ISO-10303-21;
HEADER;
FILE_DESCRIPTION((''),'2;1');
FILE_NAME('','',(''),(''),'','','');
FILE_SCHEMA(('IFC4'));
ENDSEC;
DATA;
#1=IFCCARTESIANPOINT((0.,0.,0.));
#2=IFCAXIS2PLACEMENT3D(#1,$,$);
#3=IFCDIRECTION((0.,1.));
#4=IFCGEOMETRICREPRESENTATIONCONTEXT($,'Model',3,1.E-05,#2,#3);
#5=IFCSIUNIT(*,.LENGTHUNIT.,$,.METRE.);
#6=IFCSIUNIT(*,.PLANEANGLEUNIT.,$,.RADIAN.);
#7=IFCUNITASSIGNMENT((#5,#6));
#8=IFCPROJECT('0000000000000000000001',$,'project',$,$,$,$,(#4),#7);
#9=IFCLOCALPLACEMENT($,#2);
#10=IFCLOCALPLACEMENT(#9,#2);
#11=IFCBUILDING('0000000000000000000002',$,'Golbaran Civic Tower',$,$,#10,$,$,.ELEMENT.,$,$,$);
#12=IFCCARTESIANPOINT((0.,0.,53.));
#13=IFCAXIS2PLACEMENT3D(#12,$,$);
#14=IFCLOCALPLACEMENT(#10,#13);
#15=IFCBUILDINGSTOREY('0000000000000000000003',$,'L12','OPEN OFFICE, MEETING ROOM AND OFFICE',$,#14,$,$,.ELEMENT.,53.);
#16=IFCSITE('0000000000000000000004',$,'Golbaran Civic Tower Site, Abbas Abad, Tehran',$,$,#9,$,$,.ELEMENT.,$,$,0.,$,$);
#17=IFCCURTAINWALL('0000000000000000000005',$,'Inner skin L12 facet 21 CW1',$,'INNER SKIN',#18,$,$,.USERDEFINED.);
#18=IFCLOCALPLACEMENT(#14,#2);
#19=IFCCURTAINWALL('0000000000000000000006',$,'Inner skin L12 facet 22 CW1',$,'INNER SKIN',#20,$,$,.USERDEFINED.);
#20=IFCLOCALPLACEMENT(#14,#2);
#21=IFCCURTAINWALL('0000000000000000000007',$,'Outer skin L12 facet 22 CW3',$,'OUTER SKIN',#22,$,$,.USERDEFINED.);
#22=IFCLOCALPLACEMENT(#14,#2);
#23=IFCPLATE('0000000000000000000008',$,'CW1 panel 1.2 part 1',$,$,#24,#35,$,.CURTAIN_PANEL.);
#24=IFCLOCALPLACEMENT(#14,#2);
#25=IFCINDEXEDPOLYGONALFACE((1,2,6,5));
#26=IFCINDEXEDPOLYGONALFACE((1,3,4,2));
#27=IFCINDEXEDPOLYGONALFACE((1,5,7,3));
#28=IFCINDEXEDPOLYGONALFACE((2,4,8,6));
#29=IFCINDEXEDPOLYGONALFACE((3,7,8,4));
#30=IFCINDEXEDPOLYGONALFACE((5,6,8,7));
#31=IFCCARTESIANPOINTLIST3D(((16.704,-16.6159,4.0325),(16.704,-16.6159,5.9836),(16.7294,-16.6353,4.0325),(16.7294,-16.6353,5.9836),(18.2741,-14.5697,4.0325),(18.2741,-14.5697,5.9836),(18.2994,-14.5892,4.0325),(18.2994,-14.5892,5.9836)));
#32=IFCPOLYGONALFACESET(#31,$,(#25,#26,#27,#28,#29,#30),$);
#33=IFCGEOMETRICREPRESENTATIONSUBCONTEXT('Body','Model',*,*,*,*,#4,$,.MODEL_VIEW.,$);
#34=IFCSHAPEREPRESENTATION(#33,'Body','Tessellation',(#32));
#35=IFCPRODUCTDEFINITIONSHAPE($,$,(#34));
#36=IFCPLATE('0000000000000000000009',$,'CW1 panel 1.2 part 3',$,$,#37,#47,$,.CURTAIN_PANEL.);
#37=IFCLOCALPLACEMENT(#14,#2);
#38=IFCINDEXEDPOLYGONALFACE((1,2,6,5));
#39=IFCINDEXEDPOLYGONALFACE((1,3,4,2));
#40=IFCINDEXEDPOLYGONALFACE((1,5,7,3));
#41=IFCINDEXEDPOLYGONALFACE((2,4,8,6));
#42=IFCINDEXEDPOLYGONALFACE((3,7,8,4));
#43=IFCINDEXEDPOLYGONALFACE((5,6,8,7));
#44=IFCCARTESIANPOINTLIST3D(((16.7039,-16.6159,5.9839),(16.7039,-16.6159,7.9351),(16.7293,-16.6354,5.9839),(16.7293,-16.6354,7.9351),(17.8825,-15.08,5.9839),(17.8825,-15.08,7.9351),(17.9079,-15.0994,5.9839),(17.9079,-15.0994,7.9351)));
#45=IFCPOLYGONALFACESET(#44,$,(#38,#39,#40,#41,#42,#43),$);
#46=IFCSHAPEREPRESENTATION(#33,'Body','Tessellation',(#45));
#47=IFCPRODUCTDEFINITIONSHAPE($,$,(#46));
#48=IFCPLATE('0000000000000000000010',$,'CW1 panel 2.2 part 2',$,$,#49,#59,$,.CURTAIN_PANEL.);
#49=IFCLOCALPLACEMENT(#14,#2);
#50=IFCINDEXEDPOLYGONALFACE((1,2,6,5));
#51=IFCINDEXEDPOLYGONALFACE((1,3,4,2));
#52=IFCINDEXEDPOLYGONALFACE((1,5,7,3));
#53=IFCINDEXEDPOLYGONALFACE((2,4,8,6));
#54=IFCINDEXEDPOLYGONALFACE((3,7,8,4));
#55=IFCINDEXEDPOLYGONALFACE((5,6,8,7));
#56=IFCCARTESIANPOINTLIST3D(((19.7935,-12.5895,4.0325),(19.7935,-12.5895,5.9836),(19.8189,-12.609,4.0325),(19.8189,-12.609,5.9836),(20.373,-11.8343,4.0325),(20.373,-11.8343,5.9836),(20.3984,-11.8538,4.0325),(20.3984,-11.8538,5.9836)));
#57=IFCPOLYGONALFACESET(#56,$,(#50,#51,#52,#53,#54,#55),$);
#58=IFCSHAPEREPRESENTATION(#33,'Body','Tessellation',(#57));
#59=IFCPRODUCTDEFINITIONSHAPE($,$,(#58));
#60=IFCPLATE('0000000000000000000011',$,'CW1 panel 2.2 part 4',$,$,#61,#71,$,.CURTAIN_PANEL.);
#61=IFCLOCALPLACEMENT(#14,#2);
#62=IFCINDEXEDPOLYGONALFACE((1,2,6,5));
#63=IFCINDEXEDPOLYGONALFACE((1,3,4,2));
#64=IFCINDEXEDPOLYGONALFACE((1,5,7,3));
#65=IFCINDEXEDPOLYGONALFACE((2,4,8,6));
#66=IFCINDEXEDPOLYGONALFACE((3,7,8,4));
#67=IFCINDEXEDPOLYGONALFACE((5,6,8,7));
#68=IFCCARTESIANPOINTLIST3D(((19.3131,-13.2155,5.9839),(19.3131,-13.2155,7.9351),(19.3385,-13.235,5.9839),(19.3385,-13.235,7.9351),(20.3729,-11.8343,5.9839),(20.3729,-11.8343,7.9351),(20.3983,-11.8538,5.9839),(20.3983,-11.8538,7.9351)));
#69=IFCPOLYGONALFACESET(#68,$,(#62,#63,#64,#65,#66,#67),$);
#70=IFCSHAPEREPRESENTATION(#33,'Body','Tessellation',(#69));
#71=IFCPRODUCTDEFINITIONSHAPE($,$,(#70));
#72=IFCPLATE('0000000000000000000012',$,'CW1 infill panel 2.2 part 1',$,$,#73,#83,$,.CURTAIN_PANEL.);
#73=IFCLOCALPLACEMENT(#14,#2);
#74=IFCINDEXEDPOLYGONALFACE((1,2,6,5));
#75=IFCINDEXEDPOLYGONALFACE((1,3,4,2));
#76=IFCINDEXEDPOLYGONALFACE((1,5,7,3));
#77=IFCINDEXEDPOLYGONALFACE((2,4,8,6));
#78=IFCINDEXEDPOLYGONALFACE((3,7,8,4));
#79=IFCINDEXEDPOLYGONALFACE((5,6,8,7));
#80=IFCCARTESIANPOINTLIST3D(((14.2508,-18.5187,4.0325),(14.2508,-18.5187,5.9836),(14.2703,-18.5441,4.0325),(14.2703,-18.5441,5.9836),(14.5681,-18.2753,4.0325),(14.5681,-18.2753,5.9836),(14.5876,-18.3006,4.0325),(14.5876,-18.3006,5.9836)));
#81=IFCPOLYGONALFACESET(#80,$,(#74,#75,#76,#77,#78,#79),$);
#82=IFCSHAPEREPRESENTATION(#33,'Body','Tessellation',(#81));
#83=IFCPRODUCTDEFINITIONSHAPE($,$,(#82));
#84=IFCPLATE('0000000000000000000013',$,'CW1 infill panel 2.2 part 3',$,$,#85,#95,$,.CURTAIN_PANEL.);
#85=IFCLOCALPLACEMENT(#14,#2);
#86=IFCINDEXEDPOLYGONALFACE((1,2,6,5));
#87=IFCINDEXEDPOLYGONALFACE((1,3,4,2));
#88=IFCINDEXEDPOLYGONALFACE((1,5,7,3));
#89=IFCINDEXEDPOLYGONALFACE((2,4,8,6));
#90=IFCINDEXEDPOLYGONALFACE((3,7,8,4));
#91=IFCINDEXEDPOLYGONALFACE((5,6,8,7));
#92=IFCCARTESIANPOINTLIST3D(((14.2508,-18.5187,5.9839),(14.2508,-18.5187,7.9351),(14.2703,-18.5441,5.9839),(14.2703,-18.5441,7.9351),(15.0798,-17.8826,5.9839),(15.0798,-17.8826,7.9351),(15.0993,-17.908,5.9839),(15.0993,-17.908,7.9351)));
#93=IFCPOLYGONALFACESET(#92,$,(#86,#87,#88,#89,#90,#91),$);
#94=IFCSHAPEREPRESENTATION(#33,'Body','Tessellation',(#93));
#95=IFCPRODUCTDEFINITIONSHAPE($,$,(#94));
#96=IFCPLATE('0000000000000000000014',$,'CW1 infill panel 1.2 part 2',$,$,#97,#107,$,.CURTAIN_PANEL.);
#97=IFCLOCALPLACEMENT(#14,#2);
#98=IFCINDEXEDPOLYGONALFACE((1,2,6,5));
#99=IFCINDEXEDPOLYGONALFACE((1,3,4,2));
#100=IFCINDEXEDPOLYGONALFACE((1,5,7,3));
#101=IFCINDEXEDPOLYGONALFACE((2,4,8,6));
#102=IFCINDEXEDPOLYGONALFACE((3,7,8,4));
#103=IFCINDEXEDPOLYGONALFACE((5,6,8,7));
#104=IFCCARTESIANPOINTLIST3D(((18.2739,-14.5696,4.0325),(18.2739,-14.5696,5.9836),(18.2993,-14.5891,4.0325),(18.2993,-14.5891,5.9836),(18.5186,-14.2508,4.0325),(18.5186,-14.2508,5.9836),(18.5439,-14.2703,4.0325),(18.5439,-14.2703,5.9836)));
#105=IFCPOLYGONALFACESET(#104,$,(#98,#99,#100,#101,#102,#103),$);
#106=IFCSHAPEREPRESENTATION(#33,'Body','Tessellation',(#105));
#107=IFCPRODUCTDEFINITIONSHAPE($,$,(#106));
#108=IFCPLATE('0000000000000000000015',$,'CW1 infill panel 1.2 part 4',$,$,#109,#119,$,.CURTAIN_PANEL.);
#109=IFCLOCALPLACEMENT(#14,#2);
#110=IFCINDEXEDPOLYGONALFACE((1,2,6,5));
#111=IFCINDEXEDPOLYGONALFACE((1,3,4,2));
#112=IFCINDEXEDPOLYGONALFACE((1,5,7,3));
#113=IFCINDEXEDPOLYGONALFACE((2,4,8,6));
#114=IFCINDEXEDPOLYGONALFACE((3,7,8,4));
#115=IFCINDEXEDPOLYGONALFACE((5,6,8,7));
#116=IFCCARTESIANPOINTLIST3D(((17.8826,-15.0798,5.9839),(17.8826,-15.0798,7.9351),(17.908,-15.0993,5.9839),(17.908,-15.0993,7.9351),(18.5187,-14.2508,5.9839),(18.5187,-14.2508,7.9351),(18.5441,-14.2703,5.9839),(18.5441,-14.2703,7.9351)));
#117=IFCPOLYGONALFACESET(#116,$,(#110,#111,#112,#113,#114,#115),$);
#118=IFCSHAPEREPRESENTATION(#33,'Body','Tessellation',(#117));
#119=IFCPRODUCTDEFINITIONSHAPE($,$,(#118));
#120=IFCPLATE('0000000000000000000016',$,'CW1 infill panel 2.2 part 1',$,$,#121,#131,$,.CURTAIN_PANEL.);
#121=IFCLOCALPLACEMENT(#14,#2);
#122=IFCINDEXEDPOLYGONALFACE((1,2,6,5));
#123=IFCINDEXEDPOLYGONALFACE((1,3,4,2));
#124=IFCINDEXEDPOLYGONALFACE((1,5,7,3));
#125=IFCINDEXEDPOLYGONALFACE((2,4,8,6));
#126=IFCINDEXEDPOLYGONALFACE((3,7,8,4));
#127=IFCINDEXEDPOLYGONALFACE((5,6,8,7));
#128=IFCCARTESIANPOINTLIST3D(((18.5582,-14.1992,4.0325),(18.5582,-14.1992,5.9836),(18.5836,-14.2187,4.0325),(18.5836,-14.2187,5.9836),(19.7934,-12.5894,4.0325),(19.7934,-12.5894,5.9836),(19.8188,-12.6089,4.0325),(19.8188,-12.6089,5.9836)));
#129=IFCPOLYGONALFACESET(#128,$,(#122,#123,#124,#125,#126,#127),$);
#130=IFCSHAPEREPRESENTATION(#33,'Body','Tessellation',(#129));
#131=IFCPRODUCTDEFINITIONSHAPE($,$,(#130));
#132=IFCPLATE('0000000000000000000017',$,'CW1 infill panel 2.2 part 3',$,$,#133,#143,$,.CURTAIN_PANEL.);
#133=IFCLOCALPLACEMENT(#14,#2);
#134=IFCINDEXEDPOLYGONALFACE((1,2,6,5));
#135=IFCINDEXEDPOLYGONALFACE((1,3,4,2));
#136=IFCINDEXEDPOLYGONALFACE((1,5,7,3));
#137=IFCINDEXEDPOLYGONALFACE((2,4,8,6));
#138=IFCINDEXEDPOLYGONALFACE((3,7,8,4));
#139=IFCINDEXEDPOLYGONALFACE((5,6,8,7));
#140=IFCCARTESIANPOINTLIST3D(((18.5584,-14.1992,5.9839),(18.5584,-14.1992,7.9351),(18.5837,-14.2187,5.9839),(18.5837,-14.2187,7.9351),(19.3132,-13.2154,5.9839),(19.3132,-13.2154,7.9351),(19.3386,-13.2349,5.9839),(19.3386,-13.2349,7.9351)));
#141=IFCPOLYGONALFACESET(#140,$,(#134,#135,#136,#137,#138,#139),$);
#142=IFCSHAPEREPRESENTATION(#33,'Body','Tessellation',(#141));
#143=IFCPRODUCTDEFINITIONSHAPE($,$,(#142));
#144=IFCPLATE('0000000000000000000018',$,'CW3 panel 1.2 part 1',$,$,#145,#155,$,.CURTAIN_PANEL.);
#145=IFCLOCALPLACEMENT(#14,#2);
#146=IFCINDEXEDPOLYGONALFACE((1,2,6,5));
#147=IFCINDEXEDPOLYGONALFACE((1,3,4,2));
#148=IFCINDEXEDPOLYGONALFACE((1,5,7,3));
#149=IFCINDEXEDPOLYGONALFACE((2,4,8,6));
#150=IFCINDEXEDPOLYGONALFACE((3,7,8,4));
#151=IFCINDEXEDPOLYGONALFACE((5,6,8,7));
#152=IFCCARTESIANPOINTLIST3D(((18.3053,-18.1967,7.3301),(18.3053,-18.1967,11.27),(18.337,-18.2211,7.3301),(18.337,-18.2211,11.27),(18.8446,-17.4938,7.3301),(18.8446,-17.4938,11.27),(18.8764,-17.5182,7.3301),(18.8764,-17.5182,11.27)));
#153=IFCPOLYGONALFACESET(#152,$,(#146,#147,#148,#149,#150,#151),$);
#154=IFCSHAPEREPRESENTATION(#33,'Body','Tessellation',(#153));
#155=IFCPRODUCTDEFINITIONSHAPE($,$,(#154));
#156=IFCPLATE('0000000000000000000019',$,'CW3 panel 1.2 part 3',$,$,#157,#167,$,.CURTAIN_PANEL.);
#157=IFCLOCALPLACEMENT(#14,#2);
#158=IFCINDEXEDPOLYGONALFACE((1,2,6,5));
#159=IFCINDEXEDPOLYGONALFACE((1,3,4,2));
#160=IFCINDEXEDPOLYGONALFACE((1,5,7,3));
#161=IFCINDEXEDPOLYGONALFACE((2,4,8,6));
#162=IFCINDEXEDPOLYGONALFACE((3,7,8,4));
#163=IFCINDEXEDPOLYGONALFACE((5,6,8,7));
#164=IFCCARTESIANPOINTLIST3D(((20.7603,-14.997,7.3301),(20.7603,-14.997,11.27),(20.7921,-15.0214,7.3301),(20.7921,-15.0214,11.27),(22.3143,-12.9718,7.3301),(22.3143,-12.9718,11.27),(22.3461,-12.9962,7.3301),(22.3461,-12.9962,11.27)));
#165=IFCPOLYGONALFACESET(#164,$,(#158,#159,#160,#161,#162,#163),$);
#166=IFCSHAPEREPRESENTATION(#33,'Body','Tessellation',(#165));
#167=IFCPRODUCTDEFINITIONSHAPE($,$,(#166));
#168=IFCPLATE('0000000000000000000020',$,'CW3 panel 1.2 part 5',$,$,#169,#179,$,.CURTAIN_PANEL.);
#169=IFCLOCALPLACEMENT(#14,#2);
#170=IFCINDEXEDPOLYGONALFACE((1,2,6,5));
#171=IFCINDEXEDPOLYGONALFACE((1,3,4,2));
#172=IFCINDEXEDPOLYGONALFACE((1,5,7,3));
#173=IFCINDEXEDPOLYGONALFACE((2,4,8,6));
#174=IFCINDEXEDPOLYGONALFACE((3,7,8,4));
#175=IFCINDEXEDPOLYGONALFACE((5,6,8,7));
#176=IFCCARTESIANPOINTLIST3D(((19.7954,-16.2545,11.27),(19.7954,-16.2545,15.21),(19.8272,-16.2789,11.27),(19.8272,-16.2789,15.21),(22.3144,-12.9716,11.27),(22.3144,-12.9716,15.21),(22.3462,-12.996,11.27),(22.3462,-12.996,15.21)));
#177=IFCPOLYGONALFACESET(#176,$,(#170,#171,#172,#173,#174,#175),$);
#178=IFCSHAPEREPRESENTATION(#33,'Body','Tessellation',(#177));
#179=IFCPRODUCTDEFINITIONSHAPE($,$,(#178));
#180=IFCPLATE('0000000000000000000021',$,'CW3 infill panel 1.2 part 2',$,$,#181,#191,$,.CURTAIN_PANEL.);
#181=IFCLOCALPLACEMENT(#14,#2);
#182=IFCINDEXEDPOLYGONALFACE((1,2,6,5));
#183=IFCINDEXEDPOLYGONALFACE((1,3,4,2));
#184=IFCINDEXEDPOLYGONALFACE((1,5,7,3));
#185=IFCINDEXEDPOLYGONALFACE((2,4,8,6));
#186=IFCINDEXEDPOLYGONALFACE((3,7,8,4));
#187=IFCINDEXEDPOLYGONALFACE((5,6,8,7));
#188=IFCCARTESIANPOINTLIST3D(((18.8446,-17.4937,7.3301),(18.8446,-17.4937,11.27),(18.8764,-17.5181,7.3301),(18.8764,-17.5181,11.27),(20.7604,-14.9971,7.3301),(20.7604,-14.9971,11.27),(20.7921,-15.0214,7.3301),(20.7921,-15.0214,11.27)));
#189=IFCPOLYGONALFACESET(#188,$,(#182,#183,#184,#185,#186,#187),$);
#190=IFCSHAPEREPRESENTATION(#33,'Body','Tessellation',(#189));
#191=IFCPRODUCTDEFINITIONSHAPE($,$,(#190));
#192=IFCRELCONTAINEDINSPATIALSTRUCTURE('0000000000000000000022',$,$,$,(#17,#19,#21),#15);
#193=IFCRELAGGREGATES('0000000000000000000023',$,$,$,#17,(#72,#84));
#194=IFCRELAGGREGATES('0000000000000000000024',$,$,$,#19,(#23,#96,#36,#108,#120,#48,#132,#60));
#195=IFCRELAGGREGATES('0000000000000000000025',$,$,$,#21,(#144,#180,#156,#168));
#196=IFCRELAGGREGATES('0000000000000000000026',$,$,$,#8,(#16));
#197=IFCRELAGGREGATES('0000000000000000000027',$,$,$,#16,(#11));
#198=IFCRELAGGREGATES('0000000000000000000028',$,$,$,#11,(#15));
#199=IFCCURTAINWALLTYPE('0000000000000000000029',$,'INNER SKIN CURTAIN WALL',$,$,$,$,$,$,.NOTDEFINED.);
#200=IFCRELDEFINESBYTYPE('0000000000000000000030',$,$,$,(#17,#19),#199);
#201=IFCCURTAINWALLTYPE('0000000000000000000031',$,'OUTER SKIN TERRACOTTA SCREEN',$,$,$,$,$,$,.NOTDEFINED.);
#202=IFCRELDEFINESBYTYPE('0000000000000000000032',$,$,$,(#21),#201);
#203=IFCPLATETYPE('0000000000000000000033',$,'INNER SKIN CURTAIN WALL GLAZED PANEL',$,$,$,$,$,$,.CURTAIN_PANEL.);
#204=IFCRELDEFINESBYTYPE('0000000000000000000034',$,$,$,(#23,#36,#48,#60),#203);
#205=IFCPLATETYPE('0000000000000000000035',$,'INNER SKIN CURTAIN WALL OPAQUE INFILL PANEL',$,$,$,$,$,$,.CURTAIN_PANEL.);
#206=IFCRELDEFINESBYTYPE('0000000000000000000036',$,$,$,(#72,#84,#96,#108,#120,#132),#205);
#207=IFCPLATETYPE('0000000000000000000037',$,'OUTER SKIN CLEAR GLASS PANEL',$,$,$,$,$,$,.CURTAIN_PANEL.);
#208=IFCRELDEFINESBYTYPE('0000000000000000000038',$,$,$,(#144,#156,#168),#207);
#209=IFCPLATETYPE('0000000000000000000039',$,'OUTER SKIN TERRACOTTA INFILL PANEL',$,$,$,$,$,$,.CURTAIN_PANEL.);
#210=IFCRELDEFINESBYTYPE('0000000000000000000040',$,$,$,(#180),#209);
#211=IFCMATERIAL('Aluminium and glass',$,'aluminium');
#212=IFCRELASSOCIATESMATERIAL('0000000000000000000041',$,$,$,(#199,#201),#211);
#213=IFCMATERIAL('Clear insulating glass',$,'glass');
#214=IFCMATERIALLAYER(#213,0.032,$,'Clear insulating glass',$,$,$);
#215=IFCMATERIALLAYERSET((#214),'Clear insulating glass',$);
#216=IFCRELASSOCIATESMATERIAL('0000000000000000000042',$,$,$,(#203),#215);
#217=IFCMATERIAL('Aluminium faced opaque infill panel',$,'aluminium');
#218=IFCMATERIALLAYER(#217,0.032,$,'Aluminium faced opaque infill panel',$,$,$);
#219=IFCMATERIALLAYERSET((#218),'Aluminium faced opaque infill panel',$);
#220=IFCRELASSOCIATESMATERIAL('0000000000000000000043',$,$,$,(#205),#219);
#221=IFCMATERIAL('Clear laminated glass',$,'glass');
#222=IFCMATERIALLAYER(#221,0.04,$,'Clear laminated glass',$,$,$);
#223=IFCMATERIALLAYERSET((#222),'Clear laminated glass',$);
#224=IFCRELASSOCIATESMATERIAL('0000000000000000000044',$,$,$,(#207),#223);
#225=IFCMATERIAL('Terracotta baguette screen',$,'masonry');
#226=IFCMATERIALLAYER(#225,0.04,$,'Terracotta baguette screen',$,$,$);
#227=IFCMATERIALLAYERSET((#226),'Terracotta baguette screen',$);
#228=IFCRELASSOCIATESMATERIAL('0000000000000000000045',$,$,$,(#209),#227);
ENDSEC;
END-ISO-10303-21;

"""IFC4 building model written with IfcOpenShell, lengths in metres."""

from ifc_helpers import new_model, si_unit, direction, frame, origin, origin_2d, place, context, subcontext, project, spatial, rectangle, extrude, material, layer, layer_set, type_object, element, aggregate, save


model = new_model("IFC4")

# Units and contexts
model_context = context("Model", 3, precision=1e-05, world=origin(), true_north=direction((0.0, 1.0)))
body_context = subcontext(model_context, "Body", "Model", "MODEL_VIEW")
ifc_project = project(units=[si_unit("LENGTHUNIT", "METRE"), si_unit("PLANEANGLEUNIT", "RADIAN")], contexts=[model_context])

# Site, building, storey
site_placement = place(None, origin())
site = spatial("IfcSite", under=ifc_project, at=site_placement, Name="Golbaran Civic Tower Site, Abbas Abad, Tehran", CompositionType="ELEMENT", RefElevation=0.0)
building_placement = place(site_placement, origin())
building = spatial("IfcBuilding", under=site, at=building_placement, Name="Golbaran Civic Tower", CompositionType="ELEMENT")
storey_placement = place(building_placement, frame((0.0, 0.0, 53.0)))
storey = spatial("IfcBuildingStorey", under=building, at=storey_placement, Name="L12", Description="OPEN OFFICE, MEETING ROOM AND OFFICE", CompositionType="ELEMENT", Elevation=53.0)

# Curtain walls
ifc_material_1 = material(Name="Aluminium and glass", Category="aluminium")
curtain_wall_type_1 = type_object("IfcCurtainWallType", Name="INNER SKIN CURTAIN WALL", PredefinedType="NOTDEFINED", material=ifc_material_1)
curtain_wall_1_placement = place(storey_placement, origin())
curtain_wall_1 = element("IfcCurtainWall", 1, at=curtain_wall_1_placement, inside=storey, type_object=curtain_wall_type_1, Name="Inner skin L12 facet 21 CW1", ObjectType="INNER SKIN", PredefinedType="USERDEFINED")
curtain_wall_2_placement = place(storey_placement, origin())
curtain_wall_2 = element("IfcCurtainWall", 2, at=curtain_wall_2_placement, inside=storey, type_object=curtain_wall_type_1, Name="Inner skin L12 facet 22 CW1", ObjectType="INNER SKIN", PredefinedType="USERDEFINED")
curtain_wall_type_2 = type_object("IfcCurtainWallType", Name="OUTER SKIN TERRACOTTA SCREEN", PredefinedType="NOTDEFINED", material=ifc_material_1)
curtain_wall_3_placement = place(storey_placement, origin())
curtain_wall_3 = element("IfcCurtainWall", 3, at=curtain_wall_3_placement, inside=storey, type_object=curtain_wall_type_2, Name="Outer skin L12 facet 22 CW3", ObjectType="OUTER SKIN", PredefinedType="USERDEFINED")

# Plates
ifc_material_2 = material(Name="Clear insulating glass", Category="glass")
ifc_layer_1 = layer(ifc_material_2, 0.032, Name="Clear insulating glass")
ifc_layer_set_1 = layer_set([ifc_layer_1], Name="Clear insulating glass")
plate_type_1 = type_object("IfcPlateType", Name="INNER SKIN CURTAIN WALL GLAZED PANEL", PredefinedType="CURTAIN_PANEL", material=ifc_layer_set_1)
plate_1_placement = place(storey_placement, frame((17.5017, -15.6025, 4.0325), z_axis=(0.0, 0.0, 1.0), x_axis=(0.608761, 0.793353, 0.0)))
plate_1 = element("IfcPlate", 4, at=plate_1_placement, type_object=plate_type_1, Name="CW1 panel 1.2 part 1", PredefinedType="CURTAIN_PANEL", context=body_context, shape_type="SweptSolid", body=[
    extrude(rectangle(XDim=2.5791, YDim=0.032, at=origin_2d()), origin(), (0.0, 0.0, 1.0), 1.9512),
])
plate_2_placement = place(storey_placement, frame((17.3059, -15.8577, 5.9839), z_axis=(0.0, 0.0, 1.0), x_axis=(0.608761, 0.793353, 0.0)))
plate_2 = element("IfcPlate", 5, at=plate_2_placement, type_object=plate_type_1, Name="CW1 panel 1.2 part 3", PredefinedType="CURTAIN_PANEL", context=body_context, shape_type="SweptSolid", body=[
    extrude(rectangle(XDim=1.936, YDim=0.032, at=origin_2d()), origin(), (0.0, 0.0, 1.0), 1.9512),
])
plate_3_placement = place(storey_placement, frame((20.0959, -12.2217, 4.0325), z_axis=(0.0, 0.0, 1.0), x_axis=(0.608761, 0.793353, 0.0)))
plate_3 = element("IfcPlate", 6, at=plate_3_placement, type_object=plate_type_1, Name="CW1 panel 2.2 part 2", PredefinedType="CURTAIN_PANEL", context=body_context, shape_type="SweptSolid", body=[
    extrude(rectangle(XDim=0.9519, YDim=0.032, at=origin_2d()), origin(), (0.0, 0.0, 1.0), 1.9512),
])
plate_4_placement = place(storey_placement, frame((19.8557, -12.5347, 5.9839), z_axis=(0.0, 0.0, 1.0), x_axis=(0.608761, 0.793353, 0.0)))
plate_4 = element("IfcPlate", 7, at=plate_4_placement, type_object=plate_type_1, Name="CW1 panel 2.2 part 4", PredefinedType="CURTAIN_PANEL", context=body_context, shape_type="SweptSolid", body=[
    extrude(rectangle(XDim=1.741, YDim=0.032, at=origin_2d()), origin(), (0.0, 0.0, 1.0), 1.9512),
])
ifc_material_3 = material(Name="Aluminium faced opaque infill panel", Category="aluminium")
ifc_layer_2 = layer(ifc_material_3, 0.032, Name="Aluminium faced opaque infill panel")
ifc_layer_set_2 = layer_set([ifc_layer_2], Name="Aluminium faced opaque infill panel")
plate_type_2 = type_object("IfcPlateType", Name="INNER SKIN CURTAIN WALL OPAQUE INFILL PANEL", PredefinedType="CURTAIN_PANEL", material=ifc_layer_set_2)
plate_5_placement = place(storey_placement, frame((14.4192, -18.4097, 4.0325), z_axis=(0.0, 0.0, 1.0), x_axis=(0.793353, 0.608761, 0.0)))
plate_5 = element("IfcPlate", 8, at=plate_5_placement, type_object=plate_type_2, Name="CW1 infill panel 2.2 part 1", PredefinedType="CURTAIN_PANEL", context=body_context, shape_type="SweptSolid", body=[
    extrude(rectangle(XDim=0.3999, YDim=0.032, at=origin_2d()), origin(), (0.0, 0.0, 1.0), 1.9512),
])
plate_6_placement = place(storey_placement, frame((14.675, -18.2134, 5.9839), z_axis=(0.0, 0.0, 1.0), x_axis=(0.793353, 0.608761, 0.0)))
plate_6 = element("IfcPlate", 9, at=plate_6_placement, type_object=plate_type_2, Name="CW1 infill panel 2.2 part 3", PredefinedType="CURTAIN_PANEL", context=body_context, shape_type="SweptSolid", body=[
    extrude(rectangle(XDim=1.0449, YDim=0.032, at=origin_2d()), origin(), (0.0, 0.0, 1.0), 1.9512),
])
aggregate(curtain_wall_1, [plate_5, plate_6])
plate_7_placement = place(storey_placement, frame((18.4089, -14.4199, 4.0325), z_axis=(0.0, 0.0, 1.0), x_axis=(0.608761, 0.793353, 0.0)))
plate_7 = element("IfcPlate", 10, at=plate_7_placement, type_object=plate_type_2, Name="CW1 infill panel 1.2 part 2", PredefinedType="CURTAIN_PANEL", context=body_context, shape_type="SweptSolid", body=[
    extrude(rectangle(XDim=0.4019, YDim=0.032, at=origin_2d()), origin(), (0.0, 0.0, 1.0), 1.9512),
])
plate_8_placement = place(storey_placement, frame((18.2134, -14.675, 5.9839), z_axis=(0.0, 0.0, 1.0), x_axis=(0.608761, 0.793353, 0.0)))
plate_8 = element("IfcPlate", 11, at=plate_8_placement, type_object=plate_type_2, Name="CW1 infill panel 1.2 part 4", PredefinedType="CURTAIN_PANEL", context=body_context, shape_type="SweptSolid", body=[
    extrude(rectangle(XDim=1.0449, YDim=0.032, at=origin_2d()), origin(), (0.0, 0.0, 1.0), 1.9512),
])
plate_9_placement = place(storey_placement, frame((19.1885, -13.4041, 4.0325), z_axis=(0.0, 0.0, 1.0), x_axis=(0.608761, 0.793353, 0.0)))
plate_9 = element("IfcPlate", 12, at=plate_9_placement, type_object=plate_type_2, Name="CW1 infill panel 2.2 part 1", PredefinedType="CURTAIN_PANEL", context=body_context, shape_type="SweptSolid", body=[
    extrude(rectangle(XDim=2.0291, YDim=0.032, at=origin_2d()), origin(), (0.0, 0.0, 1.0), 1.9512),
])
plate_10_placement = place(storey_placement, frame((18.9485, -13.717, 5.9839), z_axis=(0.0, 0.0, 1.0), x_axis=(0.608761, 0.793353, 0.0)))
plate_10 = element("IfcPlate", 13, at=plate_10_placement, type_object=plate_type_2, Name="CW1 infill panel 2.2 part 3", PredefinedType="CURTAIN_PANEL", context=body_context, shape_type="SweptSolid", body=[
    extrude(rectangle(XDim=1.24, YDim=0.032, at=origin_2d()), origin(), (0.0, 0.0, 1.0), 1.9512),
])
aggregate(curtain_wall_2, [plate_1, plate_7, plate_2, plate_8, plate_9, plate_3, plate_10, plate_4])
ifc_material_4 = material(Name="Clear laminated glass", Category="glass")
ifc_layer_3 = layer(ifc_material_4, 0.04, Name="Clear laminated glass")
ifc_layer_set_3 = layer_set([ifc_layer_3], Name="Clear laminated glass")
plate_type_3 = type_object("IfcPlateType", Name="OUTER SKIN CLEAR GLASS PANEL", PredefinedType="CURTAIN_PANEL", material=ifc_layer_set_3)
plate_11_placement = place(storey_placement, frame((18.5908, -17.8574, 7.3301), z_axis=(0.0, 0.0, 1.0), x_axis=(0.608761, 0.793353, 0.0)))
plate_11 = element("IfcPlate", 14, at=plate_11_placement, type_object=plate_type_3, Name="CW3 panel 1.2 part 1", PredefinedType="CURTAIN_PANEL", context=body_context, shape_type="SweptSolid", body=[
    extrude(rectangle(XDim=0.886, YDim=0.04, at=origin_2d()), origin(), (0.0, 0.0, 1.0), 3.9399),
])
plate_12_placement = place(storey_placement, frame((21.5532, -13.9966, 7.3301), z_axis=(0.0, 0.0, 1.0), x_axis=(0.608761, 0.793353, 0.0)))
plate_12 = element("IfcPlate", 15, at=plate_12_placement, type_object=plate_type_3, Name="CW3 panel 1.2 part 3", PredefinedType="CURTAIN_PANEL", context=body_context, shape_type="SweptSolid", body=[
    extrude(rectangle(XDim=2.5527, YDim=0.04, at=origin_2d()), origin(), (0.0, 0.0, 1.0), 3.9399),
])
plate_13_placement = place(storey_placement, frame((21.0708, -14.6252, 11.27), z_axis=(0.0, 0.0, 1.0), x_axis=(0.608761, 0.793353, 0.0)))
plate_13 = element("IfcPlate", 16, at=plate_13_placement, type_object=plate_type_3, Name="CW3 panel 1.2 part 5", PredefinedType="CURTAIN_PANEL", context=body_context, shape_type="SweptSolid", body=[
    extrude(rectangle(XDim=4.1379, YDim=0.04, at=origin_2d()), origin(), (0.0, 0.0, 1.0), 3.9399),
])
ifc_material_5 = material(Name="Terracotta baguette screen", Category="masonry")
ifc_layer_4 = layer(ifc_material_5, 0.04, Name="Terracotta baguette screen")
ifc_layer_set_4 = layer_set([ifc_layer_4], Name="Terracotta baguette screen")
plate_type_4 = type_object("IfcPlateType", Name="OUTER SKIN TERRACOTTA INFILL PANEL", PredefinedType="CURTAIN_PANEL", material=ifc_layer_set_4)
plate_14_placement = place(storey_placement, frame((19.8184, -16.2576, 7.3301), z_axis=(0.0, 0.0, 1.0), x_axis=(0.608761, 0.793353, 0.0)))
plate_14 = element("IfcPlate", 17, at=plate_14_placement, type_object=plate_type_4, Name="CW3 infill panel 1.2 part 2", PredefinedType="CURTAIN_PANEL", context=body_context, shape_type="SweptSolid", body=[
    extrude(rectangle(XDim=3.147, YDim=0.04, at=origin_2d()), origin(), (0.0, 0.0, 1.0), 3.9399),
])
aggregate(curtain_wall_3, [plate_11, plate_14, plate_12, plate_13])

save(model, "model.ifc")
